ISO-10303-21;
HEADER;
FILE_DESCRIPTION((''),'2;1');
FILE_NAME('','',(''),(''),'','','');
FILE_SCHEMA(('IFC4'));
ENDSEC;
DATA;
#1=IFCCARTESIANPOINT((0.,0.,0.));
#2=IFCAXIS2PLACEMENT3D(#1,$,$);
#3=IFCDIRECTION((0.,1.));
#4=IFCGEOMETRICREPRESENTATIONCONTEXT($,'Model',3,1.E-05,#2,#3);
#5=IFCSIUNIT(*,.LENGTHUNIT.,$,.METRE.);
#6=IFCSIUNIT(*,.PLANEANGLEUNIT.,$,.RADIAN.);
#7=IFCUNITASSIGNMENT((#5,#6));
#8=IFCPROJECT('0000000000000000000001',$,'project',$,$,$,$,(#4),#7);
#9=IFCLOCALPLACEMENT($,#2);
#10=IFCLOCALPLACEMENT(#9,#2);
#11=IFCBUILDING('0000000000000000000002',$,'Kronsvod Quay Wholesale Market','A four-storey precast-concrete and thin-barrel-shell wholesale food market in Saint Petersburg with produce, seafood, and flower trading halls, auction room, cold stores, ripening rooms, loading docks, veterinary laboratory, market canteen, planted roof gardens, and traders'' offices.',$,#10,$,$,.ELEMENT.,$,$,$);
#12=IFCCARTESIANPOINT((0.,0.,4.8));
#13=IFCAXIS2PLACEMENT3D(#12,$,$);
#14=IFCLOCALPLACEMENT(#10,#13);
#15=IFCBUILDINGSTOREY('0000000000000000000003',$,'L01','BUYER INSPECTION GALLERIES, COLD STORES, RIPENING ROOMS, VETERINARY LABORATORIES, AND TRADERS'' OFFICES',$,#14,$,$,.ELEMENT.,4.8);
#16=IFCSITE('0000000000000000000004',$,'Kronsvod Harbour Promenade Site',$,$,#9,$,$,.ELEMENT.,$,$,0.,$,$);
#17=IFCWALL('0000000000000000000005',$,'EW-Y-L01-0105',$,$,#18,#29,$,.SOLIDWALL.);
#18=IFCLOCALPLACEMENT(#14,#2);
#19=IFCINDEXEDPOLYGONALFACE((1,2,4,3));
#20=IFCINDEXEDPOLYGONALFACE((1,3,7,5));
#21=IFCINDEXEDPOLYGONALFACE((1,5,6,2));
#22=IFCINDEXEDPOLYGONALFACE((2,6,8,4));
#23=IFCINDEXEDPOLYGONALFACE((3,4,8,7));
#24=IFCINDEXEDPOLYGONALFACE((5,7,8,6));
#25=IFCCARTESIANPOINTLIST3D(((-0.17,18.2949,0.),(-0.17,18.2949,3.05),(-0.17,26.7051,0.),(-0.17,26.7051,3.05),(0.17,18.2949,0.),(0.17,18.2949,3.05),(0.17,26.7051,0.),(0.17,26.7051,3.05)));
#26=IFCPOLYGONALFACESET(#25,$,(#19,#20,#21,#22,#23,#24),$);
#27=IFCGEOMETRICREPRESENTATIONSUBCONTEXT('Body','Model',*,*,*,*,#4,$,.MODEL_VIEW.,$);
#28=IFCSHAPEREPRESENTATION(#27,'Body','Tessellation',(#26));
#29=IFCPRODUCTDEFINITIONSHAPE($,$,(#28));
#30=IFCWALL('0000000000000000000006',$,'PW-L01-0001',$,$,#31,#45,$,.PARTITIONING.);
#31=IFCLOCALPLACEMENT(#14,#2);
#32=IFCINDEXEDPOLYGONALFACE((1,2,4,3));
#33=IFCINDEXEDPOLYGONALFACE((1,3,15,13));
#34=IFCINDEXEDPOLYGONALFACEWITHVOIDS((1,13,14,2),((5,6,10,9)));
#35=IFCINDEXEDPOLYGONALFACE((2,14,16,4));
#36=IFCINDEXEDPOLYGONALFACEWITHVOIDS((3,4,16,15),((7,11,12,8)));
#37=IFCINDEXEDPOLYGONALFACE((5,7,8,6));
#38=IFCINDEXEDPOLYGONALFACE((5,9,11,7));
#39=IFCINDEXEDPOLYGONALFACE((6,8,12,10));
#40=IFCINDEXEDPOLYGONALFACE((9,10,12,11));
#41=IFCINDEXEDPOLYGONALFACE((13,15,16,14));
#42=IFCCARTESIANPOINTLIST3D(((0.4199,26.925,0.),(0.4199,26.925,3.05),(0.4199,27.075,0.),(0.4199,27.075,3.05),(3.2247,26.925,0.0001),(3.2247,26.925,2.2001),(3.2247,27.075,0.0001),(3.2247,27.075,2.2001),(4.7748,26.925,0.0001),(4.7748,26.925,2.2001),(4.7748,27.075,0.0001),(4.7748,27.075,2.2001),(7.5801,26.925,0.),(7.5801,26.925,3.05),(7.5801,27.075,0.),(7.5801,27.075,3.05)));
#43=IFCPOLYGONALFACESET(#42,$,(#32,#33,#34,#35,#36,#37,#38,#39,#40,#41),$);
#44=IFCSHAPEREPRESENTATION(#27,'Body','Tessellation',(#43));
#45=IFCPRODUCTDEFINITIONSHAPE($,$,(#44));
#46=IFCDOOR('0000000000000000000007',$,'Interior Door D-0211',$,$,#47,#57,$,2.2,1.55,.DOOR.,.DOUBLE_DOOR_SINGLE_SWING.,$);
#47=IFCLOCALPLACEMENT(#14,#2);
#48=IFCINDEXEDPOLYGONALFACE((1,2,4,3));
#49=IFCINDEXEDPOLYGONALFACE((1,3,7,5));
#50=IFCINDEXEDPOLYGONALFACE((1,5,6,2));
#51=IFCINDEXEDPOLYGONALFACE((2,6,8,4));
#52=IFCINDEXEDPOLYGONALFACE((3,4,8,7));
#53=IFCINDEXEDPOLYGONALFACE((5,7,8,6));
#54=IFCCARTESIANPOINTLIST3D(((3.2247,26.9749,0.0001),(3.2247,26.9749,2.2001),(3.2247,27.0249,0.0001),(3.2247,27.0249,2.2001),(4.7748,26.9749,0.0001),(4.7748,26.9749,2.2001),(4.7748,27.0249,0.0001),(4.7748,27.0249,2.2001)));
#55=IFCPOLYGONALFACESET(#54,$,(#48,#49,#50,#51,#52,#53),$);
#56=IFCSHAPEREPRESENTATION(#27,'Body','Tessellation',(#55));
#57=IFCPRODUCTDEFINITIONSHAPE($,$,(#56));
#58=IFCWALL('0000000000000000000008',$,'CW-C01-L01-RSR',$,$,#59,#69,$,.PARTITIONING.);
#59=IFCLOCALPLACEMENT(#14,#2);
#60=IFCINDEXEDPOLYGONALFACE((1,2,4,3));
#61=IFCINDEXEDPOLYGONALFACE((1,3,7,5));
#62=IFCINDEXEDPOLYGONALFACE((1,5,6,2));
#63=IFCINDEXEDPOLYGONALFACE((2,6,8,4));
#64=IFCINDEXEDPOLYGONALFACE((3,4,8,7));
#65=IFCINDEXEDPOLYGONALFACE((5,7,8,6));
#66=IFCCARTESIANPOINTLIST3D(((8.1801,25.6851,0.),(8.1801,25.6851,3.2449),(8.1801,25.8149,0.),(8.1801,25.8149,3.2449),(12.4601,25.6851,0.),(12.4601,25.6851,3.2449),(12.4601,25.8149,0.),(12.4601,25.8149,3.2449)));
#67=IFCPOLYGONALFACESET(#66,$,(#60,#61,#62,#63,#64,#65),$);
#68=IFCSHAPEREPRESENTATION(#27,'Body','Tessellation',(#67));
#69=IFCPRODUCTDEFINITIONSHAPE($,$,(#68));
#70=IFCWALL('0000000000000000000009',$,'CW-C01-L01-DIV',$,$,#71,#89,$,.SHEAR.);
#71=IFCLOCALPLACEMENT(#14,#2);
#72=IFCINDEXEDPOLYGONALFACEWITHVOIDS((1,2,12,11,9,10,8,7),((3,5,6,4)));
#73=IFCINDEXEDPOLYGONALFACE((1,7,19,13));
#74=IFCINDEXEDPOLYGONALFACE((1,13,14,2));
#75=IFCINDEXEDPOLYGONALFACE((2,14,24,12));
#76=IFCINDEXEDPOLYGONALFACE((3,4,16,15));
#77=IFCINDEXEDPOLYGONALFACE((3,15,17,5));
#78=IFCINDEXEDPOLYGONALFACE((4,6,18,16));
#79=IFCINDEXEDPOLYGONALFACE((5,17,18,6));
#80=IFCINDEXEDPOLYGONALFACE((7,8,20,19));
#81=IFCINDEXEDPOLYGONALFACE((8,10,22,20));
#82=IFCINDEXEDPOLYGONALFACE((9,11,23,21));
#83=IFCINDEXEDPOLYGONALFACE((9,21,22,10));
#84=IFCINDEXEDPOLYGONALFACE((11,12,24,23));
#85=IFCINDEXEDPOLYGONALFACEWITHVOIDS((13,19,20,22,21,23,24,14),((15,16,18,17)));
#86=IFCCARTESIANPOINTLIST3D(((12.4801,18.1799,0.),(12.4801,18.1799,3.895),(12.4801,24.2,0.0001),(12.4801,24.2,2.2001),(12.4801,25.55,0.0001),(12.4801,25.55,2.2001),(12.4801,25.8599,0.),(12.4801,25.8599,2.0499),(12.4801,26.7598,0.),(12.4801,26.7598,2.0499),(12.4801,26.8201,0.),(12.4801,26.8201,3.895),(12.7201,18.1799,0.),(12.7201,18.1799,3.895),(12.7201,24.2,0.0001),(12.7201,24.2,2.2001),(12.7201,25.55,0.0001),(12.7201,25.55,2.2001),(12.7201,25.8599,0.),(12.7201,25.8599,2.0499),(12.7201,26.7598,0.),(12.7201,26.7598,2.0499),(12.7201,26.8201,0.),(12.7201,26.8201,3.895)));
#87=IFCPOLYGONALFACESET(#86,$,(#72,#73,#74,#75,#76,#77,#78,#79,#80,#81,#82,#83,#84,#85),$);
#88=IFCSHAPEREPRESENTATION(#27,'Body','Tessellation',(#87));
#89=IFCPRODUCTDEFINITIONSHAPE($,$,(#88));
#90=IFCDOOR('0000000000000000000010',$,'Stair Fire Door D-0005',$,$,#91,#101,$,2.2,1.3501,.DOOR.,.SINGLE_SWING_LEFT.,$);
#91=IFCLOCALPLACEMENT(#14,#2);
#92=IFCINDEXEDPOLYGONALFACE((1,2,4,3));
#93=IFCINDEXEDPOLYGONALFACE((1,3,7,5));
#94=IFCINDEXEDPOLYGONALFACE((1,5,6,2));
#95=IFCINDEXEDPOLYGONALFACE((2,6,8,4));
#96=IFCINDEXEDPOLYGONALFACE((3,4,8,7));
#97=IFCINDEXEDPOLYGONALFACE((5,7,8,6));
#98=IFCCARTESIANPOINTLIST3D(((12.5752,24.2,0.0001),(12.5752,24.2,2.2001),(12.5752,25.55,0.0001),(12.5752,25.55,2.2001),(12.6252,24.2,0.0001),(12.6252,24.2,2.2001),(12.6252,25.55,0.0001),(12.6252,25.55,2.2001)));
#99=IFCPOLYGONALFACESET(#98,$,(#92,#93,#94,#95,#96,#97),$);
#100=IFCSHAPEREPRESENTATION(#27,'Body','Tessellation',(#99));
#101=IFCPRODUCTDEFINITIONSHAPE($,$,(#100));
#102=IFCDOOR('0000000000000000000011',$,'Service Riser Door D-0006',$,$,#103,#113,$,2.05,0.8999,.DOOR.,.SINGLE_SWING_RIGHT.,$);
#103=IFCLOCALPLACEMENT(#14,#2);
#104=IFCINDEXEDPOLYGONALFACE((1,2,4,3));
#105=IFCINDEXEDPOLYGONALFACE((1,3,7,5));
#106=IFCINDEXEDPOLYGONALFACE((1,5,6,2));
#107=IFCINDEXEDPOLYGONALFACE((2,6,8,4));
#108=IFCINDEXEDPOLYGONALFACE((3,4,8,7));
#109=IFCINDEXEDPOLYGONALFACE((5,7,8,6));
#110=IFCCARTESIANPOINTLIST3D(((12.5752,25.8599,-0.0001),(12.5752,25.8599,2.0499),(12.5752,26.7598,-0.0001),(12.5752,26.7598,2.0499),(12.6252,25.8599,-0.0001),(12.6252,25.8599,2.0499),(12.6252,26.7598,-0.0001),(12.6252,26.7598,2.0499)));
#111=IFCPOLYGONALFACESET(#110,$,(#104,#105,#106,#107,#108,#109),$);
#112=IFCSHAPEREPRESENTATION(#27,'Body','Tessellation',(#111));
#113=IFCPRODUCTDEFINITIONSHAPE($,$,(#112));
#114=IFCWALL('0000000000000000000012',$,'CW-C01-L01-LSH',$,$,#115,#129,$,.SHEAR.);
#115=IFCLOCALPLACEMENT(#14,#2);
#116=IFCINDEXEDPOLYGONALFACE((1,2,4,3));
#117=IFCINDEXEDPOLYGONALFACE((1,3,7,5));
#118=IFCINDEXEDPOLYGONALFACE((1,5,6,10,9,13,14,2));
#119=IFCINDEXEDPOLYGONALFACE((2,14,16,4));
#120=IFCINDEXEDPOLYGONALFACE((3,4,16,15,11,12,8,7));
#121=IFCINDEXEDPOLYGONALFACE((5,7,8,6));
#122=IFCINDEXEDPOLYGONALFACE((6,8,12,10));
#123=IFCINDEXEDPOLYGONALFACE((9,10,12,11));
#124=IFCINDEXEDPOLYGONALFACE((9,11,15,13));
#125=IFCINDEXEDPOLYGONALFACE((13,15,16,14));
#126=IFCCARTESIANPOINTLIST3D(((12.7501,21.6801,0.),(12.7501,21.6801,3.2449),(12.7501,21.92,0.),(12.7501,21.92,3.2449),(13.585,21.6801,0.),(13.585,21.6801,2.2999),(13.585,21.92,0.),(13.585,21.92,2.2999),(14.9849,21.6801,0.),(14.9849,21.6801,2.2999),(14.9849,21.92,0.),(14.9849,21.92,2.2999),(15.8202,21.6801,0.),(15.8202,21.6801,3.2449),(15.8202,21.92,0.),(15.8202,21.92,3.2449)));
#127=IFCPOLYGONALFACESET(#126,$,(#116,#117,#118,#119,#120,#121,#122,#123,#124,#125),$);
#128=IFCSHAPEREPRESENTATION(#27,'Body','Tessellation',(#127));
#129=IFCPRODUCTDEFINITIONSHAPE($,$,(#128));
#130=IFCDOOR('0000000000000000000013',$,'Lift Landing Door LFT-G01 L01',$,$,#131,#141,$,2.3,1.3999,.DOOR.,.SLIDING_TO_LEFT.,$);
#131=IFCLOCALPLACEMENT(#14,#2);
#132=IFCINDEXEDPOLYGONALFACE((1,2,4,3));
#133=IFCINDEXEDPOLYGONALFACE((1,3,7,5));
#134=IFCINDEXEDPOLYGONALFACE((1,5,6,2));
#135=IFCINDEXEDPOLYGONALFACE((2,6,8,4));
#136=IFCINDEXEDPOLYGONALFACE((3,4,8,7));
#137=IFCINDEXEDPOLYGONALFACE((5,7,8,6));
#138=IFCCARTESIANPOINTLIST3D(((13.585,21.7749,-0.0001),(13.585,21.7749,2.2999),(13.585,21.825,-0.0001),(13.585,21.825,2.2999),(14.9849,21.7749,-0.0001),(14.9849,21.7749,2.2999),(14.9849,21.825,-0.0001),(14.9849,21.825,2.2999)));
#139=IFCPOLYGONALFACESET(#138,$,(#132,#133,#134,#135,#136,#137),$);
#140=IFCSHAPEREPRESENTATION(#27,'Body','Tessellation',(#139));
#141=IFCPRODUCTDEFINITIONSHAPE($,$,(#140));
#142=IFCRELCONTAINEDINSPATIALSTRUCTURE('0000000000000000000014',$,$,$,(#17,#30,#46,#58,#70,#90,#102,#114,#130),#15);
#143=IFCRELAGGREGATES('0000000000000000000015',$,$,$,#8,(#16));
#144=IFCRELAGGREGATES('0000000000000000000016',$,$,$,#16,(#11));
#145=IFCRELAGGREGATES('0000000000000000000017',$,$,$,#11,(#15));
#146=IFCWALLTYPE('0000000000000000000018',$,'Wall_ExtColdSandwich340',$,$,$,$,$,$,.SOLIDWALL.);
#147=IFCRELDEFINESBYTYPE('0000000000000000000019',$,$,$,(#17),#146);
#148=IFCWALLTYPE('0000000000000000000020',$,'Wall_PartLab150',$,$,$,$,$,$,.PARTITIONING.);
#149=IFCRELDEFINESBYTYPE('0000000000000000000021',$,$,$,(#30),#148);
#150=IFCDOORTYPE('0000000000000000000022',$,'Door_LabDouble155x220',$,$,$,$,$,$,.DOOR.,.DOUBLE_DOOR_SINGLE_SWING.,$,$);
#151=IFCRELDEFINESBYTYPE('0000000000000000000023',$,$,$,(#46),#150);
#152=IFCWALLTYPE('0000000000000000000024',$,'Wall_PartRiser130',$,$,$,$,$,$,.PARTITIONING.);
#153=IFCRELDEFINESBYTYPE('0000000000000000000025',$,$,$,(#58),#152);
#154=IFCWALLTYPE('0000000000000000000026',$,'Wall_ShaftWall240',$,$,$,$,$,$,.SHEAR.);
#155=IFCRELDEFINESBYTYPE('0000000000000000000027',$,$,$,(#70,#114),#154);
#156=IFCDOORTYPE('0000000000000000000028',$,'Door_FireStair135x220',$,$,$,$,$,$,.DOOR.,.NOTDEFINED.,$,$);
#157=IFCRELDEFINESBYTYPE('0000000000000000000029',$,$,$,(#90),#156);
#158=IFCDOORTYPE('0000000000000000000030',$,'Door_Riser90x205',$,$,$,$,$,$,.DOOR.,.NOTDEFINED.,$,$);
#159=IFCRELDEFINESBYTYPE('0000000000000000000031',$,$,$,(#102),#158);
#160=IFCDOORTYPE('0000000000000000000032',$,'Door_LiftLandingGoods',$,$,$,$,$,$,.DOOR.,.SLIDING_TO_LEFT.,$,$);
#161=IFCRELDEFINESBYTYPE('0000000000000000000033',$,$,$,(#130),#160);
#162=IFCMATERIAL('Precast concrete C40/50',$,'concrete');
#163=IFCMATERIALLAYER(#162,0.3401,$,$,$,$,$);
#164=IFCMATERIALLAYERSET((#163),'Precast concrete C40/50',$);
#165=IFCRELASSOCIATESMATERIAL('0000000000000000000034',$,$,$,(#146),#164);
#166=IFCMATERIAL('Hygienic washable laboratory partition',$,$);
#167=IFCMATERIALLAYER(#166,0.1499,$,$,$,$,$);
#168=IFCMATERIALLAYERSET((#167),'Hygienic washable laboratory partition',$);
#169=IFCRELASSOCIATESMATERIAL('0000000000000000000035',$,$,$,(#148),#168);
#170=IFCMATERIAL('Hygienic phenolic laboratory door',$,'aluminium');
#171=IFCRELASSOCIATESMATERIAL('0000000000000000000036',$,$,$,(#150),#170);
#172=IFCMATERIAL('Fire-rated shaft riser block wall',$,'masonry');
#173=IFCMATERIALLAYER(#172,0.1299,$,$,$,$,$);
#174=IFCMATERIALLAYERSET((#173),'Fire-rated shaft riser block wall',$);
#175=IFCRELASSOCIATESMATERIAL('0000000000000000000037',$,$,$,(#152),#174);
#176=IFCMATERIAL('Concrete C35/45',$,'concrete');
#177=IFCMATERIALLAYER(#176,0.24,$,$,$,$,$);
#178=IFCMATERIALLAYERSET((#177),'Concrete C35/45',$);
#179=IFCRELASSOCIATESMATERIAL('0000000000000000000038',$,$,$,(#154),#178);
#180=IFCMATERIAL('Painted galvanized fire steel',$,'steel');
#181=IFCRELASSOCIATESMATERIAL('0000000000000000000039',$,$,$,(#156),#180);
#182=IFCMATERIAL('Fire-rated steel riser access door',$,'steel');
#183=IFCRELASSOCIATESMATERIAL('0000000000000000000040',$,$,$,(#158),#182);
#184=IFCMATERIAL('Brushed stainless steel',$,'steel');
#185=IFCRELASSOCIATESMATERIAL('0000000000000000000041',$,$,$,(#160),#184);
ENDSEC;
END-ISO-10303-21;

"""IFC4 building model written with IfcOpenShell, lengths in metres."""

from ifc_helpers import new_model, si_unit, direction, frame, frame_2d, origin, place, context, subcontext, project, spatial, rectangle, extrude, material, layer, layer_set, type_object, element, fill, save


model = new_model("IFC4")

# Units and contexts
model_context = context("Model", 3, precision=1e-05, world=origin(), true_north=direction((0.0, 1.0)))
body_context = subcontext(model_context, "Body", "Model", "MODEL_VIEW")
ifc_project = project(units=[si_unit("LENGTHUNIT", "METRE"), si_unit("PLANEANGLEUNIT", "RADIAN")], contexts=[model_context])

# Site, building, storey
site_placement = place(None, origin())
site = spatial("IfcSite", under=ifc_project, at=site_placement, Name="Kronsvod Harbour Promenade Site", CompositionType="ELEMENT", RefElevation=0.0)
building_placement = place(site_placement, origin())
building = spatial("IfcBuilding", under=site, at=building_placement, Name="Kronsvod Quay Wholesale Market", Description="A four-storey precast-concrete and thin-barrel-shell wholesale food market in Saint Petersburg with produce, seafood, and flower trading halls, auction room, cold stores, ripening rooms, loading docks, veterinary laboratory, market canteen, planted roof gardens, and traders' offices.", CompositionType="ELEMENT")
storey_placement = place(building_placement, frame((0.0, 0.0, 4.8)))
storey = spatial("IfcBuildingStorey", under=building, at=storey_placement, Name="L01", Description="BUYER INSPECTION GALLERIES, COLD STORES, RIPENING ROOMS, VETERINARY LABORATORIES, AND TRADERS' OFFICES", CompositionType="ELEMENT", Elevation=4.8)

# Wall
ifc_material_1 = material(Name="Precast concrete C40/50", Category="concrete")
ifc_layer_1 = layer(ifc_material_1, 0.3401)
ifc_layer_set_1 = layer_set([ifc_layer_1], Name="Precast concrete C40/50")
wall_type_1 = type_object("IfcWallType", Name="Wall_ExtColdSandwich340", PredefinedType="SOLIDWALL", material=ifc_layer_set_1)
wall_1_placement = place(storey_placement, frame((0.0, 26.7051, 0.0), z_axis=(0.0, 0.0, 1.0), x_axis=(0.0, -1.0, 0.0)))
element("IfcWall", 1, at=wall_1_placement, inside=storey, type_object=wall_type_1, Name="EW-Y-L01-0105", PredefinedType="SOLIDWALL", context=body_context, shape_type="SweptSolid", body=[
    extrude(rectangle(XDim=8.4102, YDim=0.3401, at=frame_2d((4.2051, 0.0))), origin(), (0.0, 0.0, 1.0), 3.05),
])

# Wall, opening, door
ifc_material_2 = material(Name="Hygienic washable laboratory partition")
ifc_layer_2 = layer(ifc_material_2, 0.1499)
ifc_layer_set_2 = layer_set([ifc_layer_2], Name="Hygienic washable laboratory partition")
wall_type_2 = type_object("IfcWallType", Name="Wall_PartLab150", PredefinedType="PARTITIONING", material=ifc_layer_set_2)
wall_2_placement = place(storey_placement, frame((0.4199, 27.0, 0.0), z_axis=(0.0, 0.0, 1.0), x_axis=(1.0, 0.0, 0.0)))
wall_2 = element("IfcWall", 2, at=wall_2_placement, inside=storey, type_object=wall_type_2, Name="PW-L01-0001", PredefinedType="PARTITIONING", context=body_context, shape_type="SweptSolid", body=[
    extrude(rectangle(XDim=7.1602, YDim=0.1499, at=frame_2d((3.5801, 0.0))), origin(), (0.0, 0.0, 1.0), 3.05),
])
opening_1_placement = place(wall_2_placement, frame((2.8049, 0.0, 0.0)))
opening_1 = element("IfcOpeningElement", 3, at=opening_1_placement, cuts=wall_2, PredefinedType="OPENING", context=body_context, shape_type="SweptSolid", body=[
    extrude(rectangle(XDim=1.55, YDim=2.2, at=frame_2d((0.7749, 1.1001))), frame((0.0, 0.085, 0.0), z_axis=(0.0, -1.0, 0.0), x_axis=(1.0, 0.0, 0.0)), (0.0, 0.0, 1.0), 0.1699),
])
ifc_material_3 = material(Name="Hygienic phenolic laboratory door", Category="aluminium")
door_type_1 = type_object("IfcDoorType", Name="Door_LabDouble155x220", OperationType="DOUBLE_DOOR_SINGLE_SWING", PredefinedType="DOOR", material=ifc_material_3)
door_1_placement = place(opening_1_placement, origin())
door_1 = element("IfcDoor", 4, at=door_1_placement, inside=storey, type_object=door_type_1, Name="Interior Door D-0211", OperationType="DOUBLE_DOOR_SINGLE_SWING", OverallHeight=2.2, OverallWidth=1.55, PredefinedType="DOOR", context=body_context, shape_type="SweptSolid", body=[
    extrude(rectangle(XDim=1.55, YDim=2.2, at=frame_2d((0.7749, 1.1001))), frame((0.0, 0.0249, 0.0), z_axis=(0.0, -1.0, 0.0), x_axis=(1.0, 0.0, 0.0)), (0.0, 0.0, 1.0), 0.05),
])
fill(opening_1, door_1)

# Wall
ifc_material_4 = material(Name="Fire-rated shaft riser block wall", Category="masonry")
ifc_layer_3 = layer(ifc_material_4, 0.1299)
ifc_layer_set_3 = layer_set([ifc_layer_3], Name="Fire-rated shaft riser block wall")
wall_type_3 = type_object("IfcWallType", Name="Wall_PartRiser130", PredefinedType="PARTITIONING", material=ifc_layer_set_3)
wall_3_placement = place(storey_placement, frame((8.1799, 25.75, 0.0), z_axis=(0.0, 0.0, 1.0), x_axis=(1.0, 0.0, 0.0)))
element("IfcWall", 5, at=wall_3_placement, inside=storey, type_object=wall_type_3, Name="CW-C01-L01-RSR", PredefinedType="PARTITIONING", context=body_context, shape_type="SweptSolid", body=[
    extrude(rectangle(XDim=4.28, YDim=0.1299, at=frame_2d((2.1401, 0.0))), origin(), (0.0, 0.0, 1.0), 3.2449),
])

# Wall, openings, doors
ifc_material_5 = material(Name="Concrete C35/45", Category="concrete")
ifc_layer_4 = layer(ifc_material_5, 0.24)
ifc_layer_set_4 = layer_set([ifc_layer_4], Name="Concrete C35/45")
wall_type_4 = type_object("IfcWallType", Name="Wall_ShaftWall240", PredefinedType="SHEAR", material=ifc_layer_set_4)
wall_4_placement = place(storey_placement, frame((12.6001, 18.1799, 0.0), z_axis=(0.0, 0.0, 1.0), x_axis=(0.0, 1.0, 0.0)))
wall_4 = element("IfcWall", 6, at=wall_4_placement, inside=storey, type_object=wall_type_4, Name="CW-C01-L01-DIV", PredefinedType="SHEAR", context=body_context, shape_type="SweptSolid", body=[
    extrude(rectangle(XDim=8.6401, YDim=0.24, at=frame_2d((4.3201, 0.0))), origin(), (0.0, 0.0, 1.0), 3.895),
])
opening_2_placement = place(wall_4_placement, frame((6.02, 0.0, 0.0)))
opening_2 = element("IfcOpeningElement", 7, at=opening_2_placement, cuts=wall_4, PredefinedType="OPENING", context=body_context, shape_type="SweptSolid", body=[
    extrude(rectangle(XDim=1.3501, YDim=2.2, at=frame_2d((0.675, 1.1001))), frame((0.0, 0.1299, 0.0), z_axis=(0.0, -1.0, 0.0), x_axis=(1.0, 0.0, 0.0)), (0.0, 0.0, 1.0), 0.26),
])
opening_3_placement = place(wall_4_placement, frame((7.6799, 0.0, 0.0)))
opening_3 = element("IfcOpeningElement", 8, at=opening_3_placement, cuts=wall_4, PredefinedType="OPENING", context=body_context, shape_type="SweptSolid", body=[
    extrude(rectangle(XDim=0.8999, YDim=2.05, at=frame_2d((0.45, 1.0249))), frame((0.0, 0.1299, 0.0), z_axis=(0.0, -1.0, 0.0), x_axis=(1.0, 0.0, 0.0)), (0.0, 0.0, 1.0), 0.26),
])
ifc_material_6 = material(Name="Painted galvanized fire steel", Category="steel")
door_type_2 = type_object("IfcDoorType", Name="Door_FireStair135x220", OperationType="NOTDEFINED", PredefinedType="DOOR", material=ifc_material_6)
door_2_placement = place(opening_2_placement, origin())
door_2 = element("IfcDoor", 9, at=door_2_placement, inside=storey, type_object=door_type_2, Name="Stair Fire Door D-0005", OperationType="SINGLE_SWING_LEFT", OverallHeight=2.2, OverallWidth=1.3501, PredefinedType="DOOR", context=body_context, shape_type="SweptSolid", body=[
    extrude(rectangle(XDim=1.3501, YDim=2.2, at=frame_2d((0.675, 1.1001))), frame((0.0, 0.0249, 0.0), z_axis=(0.0, -1.0, 0.0), x_axis=(1.0, 0.0, 0.0)), (0.0, 0.0, 1.0), 0.05),
])
fill(opening_2, door_2)
ifc_material_7 = material(Name="Fire-rated steel riser access door", Category="steel")
door_type_3 = type_object("IfcDoorType", Name="Door_Riser90x205", OperationType="NOTDEFINED", PredefinedType="DOOR", material=ifc_material_7)
door_3_placement = place(opening_3_placement, origin())
door_3 = element("IfcDoor", 10, at=door_3_placement, inside=storey, type_object=door_type_3, Name="Service Riser Door D-0006", OperationType="SINGLE_SWING_RIGHT", OverallHeight=2.05, OverallWidth=0.8999, PredefinedType="DOOR", context=body_context, shape_type="SweptSolid", body=[
    extrude(rectangle(XDim=0.8999, YDim=2.05, at=frame_2d((0.45, 1.0249))), frame((0.0, 0.0249, 0.0), z_axis=(0.0, -1.0, 0.0), x_axis=(1.0, 0.0, 0.0)), (0.0, 0.0, 1.0), 0.05),
])
fill(opening_3, door_3)

# Wall, opening, door
wall_5_placement = place(storey_placement, frame((12.75, 21.8, 0.0), z_axis=(0.0, 0.0, 1.0), x_axis=(1.0, 0.0, 0.0)))
wall_5 = element("IfcWall", 11, at=wall_5_placement, inside=storey, type_object=wall_type_4, Name="CW-C01-L01-LSH", PredefinedType="SHEAR", context=body_context, shape_type="SweptSolid", body=[
    extrude(rectangle(XDim=3.0701, YDim=0.24, at=frame_2d((1.5352, 0.0))), origin(), (0.0, 0.0, 1.0), 3.2449),
])
opening_4_placement = place(wall_5_placement, frame((0.835, 0.0, 0.0)))
opening_4 = element("IfcOpeningElement", 12, at=opening_4_placement, cuts=wall_5, PredefinedType="OPENING", context=body_context, shape_type="SweptSolid", body=[
    extrude(rectangle(XDim=1.3999, YDim=2.3, at=frame_2d((0.7, 1.1499))), frame((0.0, 0.1299, 0.0), z_axis=(0.0, -1.0, 0.0), x_axis=(1.0, 0.0, 0.0)), (0.0, 0.0, 1.0), 0.26),
])
ifc_material_8 = material(Name="Brushed stainless steel", Category="steel")
door_type_4 = type_object("IfcDoorType", Name="Door_LiftLandingGoods", OperationType="SLIDING_TO_LEFT", PredefinedType="DOOR", material=ifc_material_8)
door_4_placement = place(opening_4_placement, origin())
door_4 = element("IfcDoor", 13, at=door_4_placement, inside=storey, type_object=door_type_4, Name="Lift Landing Door LFT-G01 L01", OperationType="SLIDING_TO_LEFT", OverallHeight=2.3, OverallWidth=1.3999, PredefinedType="DOOR", context=body_context, shape_type="SweptSolid", body=[
    extrude(rectangle(XDim=1.3999, YDim=2.3, at=frame_2d((0.7, 1.1499))), frame((0.0, 0.0249, 0.0), z_axis=(0.0, -1.0, 0.0), x_axis=(1.0, 0.0, 0.0)), (0.0, 0.0, 1.0), 0.05),
])
fill(opening_4, door_4)

save(model, "model.ifc")
